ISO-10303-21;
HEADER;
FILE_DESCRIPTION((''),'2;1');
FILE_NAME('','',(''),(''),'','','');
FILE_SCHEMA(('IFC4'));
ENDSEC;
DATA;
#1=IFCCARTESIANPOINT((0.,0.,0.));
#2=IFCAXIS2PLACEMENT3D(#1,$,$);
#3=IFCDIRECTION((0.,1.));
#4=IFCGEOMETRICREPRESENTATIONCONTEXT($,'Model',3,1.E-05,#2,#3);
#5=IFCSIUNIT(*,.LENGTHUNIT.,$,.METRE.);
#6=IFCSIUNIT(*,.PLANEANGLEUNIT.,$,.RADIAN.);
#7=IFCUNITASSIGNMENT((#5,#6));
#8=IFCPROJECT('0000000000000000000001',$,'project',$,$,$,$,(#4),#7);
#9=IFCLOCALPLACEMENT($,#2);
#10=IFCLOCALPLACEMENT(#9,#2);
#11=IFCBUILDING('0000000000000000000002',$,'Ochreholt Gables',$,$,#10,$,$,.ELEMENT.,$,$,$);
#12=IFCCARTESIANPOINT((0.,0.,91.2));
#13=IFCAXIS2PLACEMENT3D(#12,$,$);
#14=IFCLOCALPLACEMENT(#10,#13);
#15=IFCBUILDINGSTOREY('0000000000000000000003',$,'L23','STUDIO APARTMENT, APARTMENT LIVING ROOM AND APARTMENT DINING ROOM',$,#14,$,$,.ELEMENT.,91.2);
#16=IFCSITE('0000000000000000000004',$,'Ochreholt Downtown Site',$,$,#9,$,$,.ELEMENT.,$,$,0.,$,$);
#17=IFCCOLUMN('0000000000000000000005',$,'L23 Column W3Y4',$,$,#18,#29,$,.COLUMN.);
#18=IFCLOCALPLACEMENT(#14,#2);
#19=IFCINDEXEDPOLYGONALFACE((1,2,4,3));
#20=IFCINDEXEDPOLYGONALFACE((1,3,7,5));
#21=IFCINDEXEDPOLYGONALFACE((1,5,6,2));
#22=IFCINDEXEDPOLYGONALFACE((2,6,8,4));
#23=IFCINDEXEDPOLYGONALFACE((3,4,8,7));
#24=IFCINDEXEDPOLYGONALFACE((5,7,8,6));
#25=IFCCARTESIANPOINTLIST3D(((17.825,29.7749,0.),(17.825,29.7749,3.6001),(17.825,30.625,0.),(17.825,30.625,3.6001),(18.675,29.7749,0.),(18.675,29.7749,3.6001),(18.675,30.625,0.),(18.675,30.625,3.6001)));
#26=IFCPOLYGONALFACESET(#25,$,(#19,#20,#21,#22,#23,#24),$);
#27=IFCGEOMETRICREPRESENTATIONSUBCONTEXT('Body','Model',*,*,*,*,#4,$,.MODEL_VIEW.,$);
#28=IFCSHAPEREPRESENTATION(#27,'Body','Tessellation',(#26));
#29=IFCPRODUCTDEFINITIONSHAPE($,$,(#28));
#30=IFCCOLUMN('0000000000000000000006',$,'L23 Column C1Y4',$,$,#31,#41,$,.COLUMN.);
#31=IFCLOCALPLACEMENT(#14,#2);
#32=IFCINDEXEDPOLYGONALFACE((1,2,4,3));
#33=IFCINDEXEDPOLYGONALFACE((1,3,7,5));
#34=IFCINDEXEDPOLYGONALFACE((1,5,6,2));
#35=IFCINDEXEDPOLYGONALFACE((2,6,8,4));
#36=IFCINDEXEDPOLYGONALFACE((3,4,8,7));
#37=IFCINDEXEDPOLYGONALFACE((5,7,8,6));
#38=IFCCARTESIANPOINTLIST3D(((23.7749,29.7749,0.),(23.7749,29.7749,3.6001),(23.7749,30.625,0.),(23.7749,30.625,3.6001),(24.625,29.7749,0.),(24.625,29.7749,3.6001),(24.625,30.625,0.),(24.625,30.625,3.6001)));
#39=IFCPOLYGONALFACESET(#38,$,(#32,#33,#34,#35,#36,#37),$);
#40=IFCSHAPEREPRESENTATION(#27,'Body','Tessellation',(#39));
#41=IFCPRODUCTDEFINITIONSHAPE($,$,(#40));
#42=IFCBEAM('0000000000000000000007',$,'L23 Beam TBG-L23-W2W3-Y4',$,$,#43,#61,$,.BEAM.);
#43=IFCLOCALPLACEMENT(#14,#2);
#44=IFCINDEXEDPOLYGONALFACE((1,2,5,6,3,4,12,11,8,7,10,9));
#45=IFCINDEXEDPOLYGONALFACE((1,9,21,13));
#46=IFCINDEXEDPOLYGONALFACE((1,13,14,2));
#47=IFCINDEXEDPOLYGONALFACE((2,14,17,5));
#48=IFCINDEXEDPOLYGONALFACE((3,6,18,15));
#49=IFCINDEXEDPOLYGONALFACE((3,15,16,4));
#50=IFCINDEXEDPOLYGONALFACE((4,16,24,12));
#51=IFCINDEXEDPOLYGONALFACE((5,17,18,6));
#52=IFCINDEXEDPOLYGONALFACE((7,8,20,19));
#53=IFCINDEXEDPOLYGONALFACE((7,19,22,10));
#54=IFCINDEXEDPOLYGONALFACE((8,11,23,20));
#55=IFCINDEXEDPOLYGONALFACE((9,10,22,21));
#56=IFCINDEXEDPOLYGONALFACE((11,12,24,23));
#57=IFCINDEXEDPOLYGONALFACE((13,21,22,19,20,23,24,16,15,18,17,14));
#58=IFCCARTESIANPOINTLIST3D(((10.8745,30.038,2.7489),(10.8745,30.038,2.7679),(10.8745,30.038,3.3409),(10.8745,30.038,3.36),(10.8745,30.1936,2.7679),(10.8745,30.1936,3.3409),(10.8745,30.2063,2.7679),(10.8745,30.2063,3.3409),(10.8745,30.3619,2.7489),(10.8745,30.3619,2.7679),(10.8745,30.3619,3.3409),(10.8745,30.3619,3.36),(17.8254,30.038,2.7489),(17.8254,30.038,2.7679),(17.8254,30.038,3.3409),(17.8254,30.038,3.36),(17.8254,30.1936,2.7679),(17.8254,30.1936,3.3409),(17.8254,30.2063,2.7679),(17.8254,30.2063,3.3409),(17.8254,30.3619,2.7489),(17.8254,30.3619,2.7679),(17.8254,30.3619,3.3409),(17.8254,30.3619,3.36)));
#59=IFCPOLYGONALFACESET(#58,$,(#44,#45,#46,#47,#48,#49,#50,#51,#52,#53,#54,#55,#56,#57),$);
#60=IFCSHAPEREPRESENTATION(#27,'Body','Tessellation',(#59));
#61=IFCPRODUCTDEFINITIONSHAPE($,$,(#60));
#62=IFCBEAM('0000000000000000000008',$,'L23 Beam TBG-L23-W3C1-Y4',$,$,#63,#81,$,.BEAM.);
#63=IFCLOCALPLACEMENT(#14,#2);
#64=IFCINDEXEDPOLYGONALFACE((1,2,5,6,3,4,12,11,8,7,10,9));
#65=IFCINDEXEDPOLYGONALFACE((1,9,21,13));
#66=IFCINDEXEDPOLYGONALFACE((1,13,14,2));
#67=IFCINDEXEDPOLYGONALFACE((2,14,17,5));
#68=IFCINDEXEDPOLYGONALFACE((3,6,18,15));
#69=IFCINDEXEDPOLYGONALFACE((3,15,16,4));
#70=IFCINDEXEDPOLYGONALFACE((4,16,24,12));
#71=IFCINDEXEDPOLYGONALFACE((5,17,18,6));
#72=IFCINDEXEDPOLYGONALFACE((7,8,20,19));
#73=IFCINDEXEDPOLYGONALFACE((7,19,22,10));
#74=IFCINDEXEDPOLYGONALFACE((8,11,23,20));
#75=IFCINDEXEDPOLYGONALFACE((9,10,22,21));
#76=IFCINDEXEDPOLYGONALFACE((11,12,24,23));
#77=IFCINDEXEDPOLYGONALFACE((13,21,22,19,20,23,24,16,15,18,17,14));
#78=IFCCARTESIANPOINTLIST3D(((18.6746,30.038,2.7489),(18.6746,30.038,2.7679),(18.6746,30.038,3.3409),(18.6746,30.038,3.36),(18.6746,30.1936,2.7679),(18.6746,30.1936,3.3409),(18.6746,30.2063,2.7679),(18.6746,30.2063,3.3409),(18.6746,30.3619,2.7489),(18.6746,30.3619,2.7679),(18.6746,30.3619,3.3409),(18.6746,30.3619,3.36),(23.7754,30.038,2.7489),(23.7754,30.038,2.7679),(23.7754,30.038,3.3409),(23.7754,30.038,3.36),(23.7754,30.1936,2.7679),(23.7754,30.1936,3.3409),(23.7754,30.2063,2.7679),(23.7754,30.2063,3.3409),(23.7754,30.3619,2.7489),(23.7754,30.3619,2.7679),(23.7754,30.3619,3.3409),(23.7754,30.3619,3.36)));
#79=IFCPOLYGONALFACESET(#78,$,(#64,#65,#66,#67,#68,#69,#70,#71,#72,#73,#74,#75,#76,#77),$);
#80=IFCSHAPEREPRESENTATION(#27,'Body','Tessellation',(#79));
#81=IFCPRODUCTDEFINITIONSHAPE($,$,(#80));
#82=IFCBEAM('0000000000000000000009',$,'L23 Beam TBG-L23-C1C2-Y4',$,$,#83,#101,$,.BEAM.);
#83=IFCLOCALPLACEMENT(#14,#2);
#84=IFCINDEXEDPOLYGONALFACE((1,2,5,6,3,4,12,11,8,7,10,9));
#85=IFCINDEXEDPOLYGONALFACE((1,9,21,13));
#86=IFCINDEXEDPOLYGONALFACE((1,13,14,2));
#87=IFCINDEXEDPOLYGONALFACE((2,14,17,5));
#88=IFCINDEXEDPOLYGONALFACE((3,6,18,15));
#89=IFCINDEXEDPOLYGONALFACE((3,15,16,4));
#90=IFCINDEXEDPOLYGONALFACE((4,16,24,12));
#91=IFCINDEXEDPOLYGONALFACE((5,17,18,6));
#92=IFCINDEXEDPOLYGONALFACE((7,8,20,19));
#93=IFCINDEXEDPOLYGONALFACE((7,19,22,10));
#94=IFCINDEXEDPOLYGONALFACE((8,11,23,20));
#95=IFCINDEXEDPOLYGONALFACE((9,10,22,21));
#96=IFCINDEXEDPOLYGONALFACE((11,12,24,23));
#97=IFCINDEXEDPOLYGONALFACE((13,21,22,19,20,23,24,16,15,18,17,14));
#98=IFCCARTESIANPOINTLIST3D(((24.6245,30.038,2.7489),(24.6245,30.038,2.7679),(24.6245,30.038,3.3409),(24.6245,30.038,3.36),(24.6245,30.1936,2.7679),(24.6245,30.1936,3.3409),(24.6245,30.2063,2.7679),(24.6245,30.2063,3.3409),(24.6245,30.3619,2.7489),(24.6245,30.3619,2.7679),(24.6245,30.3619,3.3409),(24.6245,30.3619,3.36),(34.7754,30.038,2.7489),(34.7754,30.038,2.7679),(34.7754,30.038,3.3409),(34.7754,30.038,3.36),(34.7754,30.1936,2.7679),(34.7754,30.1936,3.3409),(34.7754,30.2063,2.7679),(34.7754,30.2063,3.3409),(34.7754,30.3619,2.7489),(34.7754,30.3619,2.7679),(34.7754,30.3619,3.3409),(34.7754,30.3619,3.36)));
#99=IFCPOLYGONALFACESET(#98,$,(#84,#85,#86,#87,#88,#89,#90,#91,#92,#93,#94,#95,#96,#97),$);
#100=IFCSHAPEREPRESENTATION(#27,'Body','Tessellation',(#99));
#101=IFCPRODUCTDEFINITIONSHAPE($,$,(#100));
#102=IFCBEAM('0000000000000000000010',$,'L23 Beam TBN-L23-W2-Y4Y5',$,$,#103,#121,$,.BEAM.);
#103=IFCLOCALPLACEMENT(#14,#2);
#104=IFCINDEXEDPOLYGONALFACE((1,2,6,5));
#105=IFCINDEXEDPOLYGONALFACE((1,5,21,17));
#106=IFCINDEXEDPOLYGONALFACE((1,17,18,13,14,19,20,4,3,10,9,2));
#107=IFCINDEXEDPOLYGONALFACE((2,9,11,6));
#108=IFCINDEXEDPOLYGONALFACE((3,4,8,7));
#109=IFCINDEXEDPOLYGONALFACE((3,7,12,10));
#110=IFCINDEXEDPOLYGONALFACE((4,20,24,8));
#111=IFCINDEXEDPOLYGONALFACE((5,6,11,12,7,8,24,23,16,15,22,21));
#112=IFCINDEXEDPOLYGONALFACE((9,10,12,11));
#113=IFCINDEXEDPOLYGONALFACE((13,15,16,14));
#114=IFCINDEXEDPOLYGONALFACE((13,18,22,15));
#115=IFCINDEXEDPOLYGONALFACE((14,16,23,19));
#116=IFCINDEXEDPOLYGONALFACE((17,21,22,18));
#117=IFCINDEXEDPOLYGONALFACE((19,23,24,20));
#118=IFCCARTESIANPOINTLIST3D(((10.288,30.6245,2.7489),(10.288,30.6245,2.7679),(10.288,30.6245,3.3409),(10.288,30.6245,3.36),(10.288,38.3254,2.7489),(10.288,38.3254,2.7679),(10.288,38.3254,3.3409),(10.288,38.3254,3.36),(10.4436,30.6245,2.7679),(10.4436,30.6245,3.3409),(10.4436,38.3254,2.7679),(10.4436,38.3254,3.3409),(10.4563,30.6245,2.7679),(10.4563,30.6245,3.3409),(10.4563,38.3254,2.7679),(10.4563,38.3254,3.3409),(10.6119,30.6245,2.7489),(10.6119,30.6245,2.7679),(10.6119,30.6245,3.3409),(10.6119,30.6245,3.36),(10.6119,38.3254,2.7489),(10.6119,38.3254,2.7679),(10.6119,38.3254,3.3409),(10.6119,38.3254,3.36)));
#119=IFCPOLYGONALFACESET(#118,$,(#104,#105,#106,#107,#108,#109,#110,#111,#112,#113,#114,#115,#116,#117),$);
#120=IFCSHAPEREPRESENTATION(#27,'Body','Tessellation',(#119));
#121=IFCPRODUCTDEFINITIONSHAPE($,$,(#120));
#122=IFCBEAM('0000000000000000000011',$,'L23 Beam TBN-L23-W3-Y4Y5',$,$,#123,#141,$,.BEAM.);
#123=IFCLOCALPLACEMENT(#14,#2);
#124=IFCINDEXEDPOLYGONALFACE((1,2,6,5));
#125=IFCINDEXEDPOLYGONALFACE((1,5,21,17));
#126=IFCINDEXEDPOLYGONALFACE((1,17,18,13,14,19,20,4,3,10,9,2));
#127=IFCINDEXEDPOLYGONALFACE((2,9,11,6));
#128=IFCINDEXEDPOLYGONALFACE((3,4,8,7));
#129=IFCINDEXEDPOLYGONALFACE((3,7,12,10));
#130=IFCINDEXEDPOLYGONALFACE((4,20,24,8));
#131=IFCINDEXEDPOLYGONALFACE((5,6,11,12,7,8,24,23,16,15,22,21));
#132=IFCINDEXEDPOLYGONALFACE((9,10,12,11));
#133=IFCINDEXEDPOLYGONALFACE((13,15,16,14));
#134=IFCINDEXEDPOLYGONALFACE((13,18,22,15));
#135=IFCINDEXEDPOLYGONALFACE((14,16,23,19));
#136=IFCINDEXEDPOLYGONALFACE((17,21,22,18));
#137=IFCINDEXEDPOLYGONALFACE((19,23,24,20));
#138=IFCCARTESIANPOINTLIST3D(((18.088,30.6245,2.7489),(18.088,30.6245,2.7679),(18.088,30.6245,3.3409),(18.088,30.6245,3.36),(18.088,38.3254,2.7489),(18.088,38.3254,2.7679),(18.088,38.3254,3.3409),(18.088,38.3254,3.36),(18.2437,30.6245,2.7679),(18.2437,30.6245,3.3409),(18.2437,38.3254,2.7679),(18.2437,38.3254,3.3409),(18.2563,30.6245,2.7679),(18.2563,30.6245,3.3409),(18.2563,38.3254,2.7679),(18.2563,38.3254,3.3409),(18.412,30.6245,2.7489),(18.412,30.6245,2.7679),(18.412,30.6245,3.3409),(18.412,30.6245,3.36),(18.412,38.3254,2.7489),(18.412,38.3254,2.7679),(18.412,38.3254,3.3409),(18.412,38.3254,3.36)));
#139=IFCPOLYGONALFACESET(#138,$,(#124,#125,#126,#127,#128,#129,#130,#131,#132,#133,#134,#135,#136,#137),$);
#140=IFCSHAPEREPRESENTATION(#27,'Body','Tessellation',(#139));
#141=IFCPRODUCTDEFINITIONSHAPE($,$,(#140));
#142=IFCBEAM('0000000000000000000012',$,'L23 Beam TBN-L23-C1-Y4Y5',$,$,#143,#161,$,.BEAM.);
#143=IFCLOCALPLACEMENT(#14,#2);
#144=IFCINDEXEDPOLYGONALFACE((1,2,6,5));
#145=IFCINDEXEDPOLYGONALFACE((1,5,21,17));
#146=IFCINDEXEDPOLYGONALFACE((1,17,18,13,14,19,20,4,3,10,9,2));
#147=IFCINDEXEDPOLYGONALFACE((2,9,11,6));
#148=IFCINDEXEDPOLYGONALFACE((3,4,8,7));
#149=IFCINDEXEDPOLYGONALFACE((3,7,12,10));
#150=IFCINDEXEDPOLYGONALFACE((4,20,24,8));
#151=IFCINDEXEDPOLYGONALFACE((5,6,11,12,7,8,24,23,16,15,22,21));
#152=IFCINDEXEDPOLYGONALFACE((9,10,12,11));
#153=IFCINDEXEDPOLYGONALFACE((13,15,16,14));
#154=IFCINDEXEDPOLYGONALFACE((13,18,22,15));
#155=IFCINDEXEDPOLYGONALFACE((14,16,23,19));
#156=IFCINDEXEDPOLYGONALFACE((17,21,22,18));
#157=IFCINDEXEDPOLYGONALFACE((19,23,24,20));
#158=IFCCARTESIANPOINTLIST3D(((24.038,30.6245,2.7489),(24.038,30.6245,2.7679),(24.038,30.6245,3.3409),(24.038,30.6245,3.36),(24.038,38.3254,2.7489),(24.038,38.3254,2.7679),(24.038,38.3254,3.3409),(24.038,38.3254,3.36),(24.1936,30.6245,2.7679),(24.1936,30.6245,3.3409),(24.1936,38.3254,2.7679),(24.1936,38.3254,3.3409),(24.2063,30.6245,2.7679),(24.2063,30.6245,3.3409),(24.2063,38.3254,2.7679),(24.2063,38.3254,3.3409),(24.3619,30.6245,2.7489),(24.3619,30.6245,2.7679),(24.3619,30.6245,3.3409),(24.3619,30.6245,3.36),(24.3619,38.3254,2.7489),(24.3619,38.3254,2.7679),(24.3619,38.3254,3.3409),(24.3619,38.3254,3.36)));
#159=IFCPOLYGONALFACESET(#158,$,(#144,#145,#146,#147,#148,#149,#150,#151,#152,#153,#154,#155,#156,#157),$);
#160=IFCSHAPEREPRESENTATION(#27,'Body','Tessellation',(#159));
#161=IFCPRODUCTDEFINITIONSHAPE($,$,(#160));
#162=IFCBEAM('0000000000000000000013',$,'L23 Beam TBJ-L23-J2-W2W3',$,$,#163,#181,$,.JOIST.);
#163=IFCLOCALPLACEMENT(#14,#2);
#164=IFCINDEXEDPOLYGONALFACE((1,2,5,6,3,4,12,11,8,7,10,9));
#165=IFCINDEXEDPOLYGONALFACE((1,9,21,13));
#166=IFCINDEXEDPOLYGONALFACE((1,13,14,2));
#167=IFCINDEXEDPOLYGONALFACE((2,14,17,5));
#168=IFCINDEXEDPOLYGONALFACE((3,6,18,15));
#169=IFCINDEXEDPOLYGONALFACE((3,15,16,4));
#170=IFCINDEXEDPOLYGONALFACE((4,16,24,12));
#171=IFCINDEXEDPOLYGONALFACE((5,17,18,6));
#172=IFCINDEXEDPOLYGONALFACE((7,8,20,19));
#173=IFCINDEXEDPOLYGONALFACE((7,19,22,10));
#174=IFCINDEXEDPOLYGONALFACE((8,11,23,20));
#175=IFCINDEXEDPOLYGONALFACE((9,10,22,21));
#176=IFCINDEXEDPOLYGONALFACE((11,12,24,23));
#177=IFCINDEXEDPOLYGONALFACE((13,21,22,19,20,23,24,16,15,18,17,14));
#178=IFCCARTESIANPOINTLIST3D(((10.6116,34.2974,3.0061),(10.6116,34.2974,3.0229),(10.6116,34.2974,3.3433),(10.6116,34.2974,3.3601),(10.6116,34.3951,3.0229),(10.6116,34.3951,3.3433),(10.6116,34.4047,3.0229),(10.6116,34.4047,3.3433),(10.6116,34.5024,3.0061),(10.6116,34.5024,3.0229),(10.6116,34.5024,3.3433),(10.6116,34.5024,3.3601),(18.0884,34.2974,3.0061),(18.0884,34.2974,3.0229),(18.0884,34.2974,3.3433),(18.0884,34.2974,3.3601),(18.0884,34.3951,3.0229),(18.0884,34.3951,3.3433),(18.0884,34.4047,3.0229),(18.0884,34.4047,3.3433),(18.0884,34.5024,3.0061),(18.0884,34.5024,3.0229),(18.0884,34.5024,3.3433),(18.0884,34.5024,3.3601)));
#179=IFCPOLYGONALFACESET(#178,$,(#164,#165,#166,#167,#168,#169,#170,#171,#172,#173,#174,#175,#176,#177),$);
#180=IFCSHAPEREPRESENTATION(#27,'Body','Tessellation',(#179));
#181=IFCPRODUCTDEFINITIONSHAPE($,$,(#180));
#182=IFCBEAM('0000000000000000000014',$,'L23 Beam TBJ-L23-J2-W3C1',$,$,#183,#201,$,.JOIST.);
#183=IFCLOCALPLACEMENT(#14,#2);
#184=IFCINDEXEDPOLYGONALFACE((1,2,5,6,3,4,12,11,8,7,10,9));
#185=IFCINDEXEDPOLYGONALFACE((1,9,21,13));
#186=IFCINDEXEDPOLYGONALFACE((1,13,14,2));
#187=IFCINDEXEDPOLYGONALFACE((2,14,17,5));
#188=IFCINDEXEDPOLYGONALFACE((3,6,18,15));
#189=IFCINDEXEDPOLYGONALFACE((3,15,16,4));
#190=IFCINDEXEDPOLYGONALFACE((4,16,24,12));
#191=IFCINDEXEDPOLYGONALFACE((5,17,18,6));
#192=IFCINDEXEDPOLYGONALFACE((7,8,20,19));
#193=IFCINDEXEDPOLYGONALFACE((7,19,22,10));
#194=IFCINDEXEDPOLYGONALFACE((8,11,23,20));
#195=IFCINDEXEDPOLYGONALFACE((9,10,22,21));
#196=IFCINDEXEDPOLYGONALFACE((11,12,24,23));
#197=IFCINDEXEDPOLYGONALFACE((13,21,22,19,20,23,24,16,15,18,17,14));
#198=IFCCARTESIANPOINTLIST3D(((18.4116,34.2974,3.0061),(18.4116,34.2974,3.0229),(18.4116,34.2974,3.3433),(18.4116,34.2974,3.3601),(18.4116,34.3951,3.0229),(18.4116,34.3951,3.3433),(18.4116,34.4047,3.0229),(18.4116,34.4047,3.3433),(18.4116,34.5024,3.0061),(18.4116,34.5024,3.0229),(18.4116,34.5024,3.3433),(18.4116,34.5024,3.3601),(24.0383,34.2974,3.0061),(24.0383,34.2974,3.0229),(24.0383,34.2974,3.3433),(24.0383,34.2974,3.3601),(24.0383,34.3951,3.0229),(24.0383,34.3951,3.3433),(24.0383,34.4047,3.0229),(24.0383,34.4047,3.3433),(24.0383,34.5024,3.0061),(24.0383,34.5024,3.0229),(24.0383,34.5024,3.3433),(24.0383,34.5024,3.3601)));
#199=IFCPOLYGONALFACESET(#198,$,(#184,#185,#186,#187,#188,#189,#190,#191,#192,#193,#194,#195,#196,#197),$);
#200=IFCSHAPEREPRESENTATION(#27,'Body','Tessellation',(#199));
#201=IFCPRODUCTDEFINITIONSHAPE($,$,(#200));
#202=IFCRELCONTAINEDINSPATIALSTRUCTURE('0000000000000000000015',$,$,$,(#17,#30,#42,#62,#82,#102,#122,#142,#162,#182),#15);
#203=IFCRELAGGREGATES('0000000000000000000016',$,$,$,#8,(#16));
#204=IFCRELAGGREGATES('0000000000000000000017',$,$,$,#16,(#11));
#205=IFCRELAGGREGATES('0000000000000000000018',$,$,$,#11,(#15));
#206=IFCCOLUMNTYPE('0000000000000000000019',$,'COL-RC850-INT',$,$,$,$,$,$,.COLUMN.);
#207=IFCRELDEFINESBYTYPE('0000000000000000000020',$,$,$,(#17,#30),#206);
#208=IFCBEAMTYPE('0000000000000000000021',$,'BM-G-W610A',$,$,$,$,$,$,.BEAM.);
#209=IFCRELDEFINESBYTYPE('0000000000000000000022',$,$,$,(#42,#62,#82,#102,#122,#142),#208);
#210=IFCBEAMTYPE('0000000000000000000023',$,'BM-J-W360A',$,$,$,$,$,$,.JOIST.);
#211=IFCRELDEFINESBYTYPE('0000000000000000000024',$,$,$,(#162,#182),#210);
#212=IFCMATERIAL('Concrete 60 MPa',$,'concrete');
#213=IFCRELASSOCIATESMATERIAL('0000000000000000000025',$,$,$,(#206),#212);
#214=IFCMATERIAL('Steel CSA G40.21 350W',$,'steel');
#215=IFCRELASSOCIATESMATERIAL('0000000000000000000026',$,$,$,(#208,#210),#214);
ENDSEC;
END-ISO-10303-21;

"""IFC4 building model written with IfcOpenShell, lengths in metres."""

from ifc_helpers import new_model, si_unit, direction, frame, origin, origin_2d, place, context, subcontext, project, spatial, rectangle, i_section, extrude, material, material_profile, profile_set, type_object, element, save


model = new_model("IFC4")

# Units and contexts
model_context = context("Model", 3, precision=1e-05, world=origin(), true_north=direction((0.0, 1.0)))
body_context = subcontext(model_context, "Body", "Model", "MODEL_VIEW")
ifc_project = project(units=[si_unit("LENGTHUNIT", "METRE"), si_unit("PLANEANGLEUNIT", "RADIAN")], contexts=[model_context])

# Site, building, storey
site_placement = place(None, origin())
site = spatial("IfcSite", under=ifc_project, at=site_placement, Name="Ochreholt Downtown Site", CompositionType="ELEMENT", RefElevation=0.0)
building_placement = place(site_placement, origin())
building = spatial("IfcBuilding", under=site, at=building_placement, Name="Ochreholt Gables", CompositionType="ELEMENT")
storey_placement = place(building_placement, frame((0.0, 0.0, 91.2)))
storey = spatial("IfcBuildingStorey", under=building, at=storey_placement, Name="L23", Description="STUDIO APARTMENT, APARTMENT LIVING ROOM AND APARTMENT DINING ROOM", CompositionType="ELEMENT", Elevation=91.2)

# Columns
ifc_material_1 = material(Name="Concrete 60 MPa", Category="concrete")
ifc_material_profile_1 = material_profile(ifc_material_1, rectangle(XDim=0.8501, YDim=0.8501, at=origin_2d()), Name="RC850X850")
ifc_profile_set_1 = profile_set([ifc_material_profile_1], Name="Concrete 60 MPa")
column_type = type_object("IfcColumnType", Name="COL-RC850-INT", PredefinedType="COLUMN", material=ifc_profile_set_1)
for number, where, z_axis, x_axis, name in (
    (1, (18.25, 30.2, 0.0), (0.0, 0.0, 1.0), (1.0, 0.0, 0.0), "L23 Column W3Y4"),
    (2, (24.2, 30.2, 0.0), (0.0, 0.0, 1.0), (1.0, 0.0, 0.0), "L23 Column C1Y4"),
):
    element("IfcColumn", number, at=place(storey_placement, frame(where, z_axis=z_axis, x_axis=x_axis)), inside=storey, type_object=column_type, Name=name, PredefinedType="COLUMN", context=body_context, shape_type="SweptSolid", body=[
        extrude(rectangle(XDim=0.8501, YDim=0.8501, at=origin_2d()), origin(), (0.0, 0.0, 1.0), 3.6001),
    ])

# Beams
ifc_material_2 = material(Name="Steel CSA G40.21 350W", Category="steel")
ifc_material_profile_2 = material_profile(ifc_material_2, i_section(OverallWidth=0.324, OverallDepth=0.6111, WebThickness=0.0127, FlangeThickness=0.019, at=origin_2d()), Name="W610X155")
ifc_profile_set_2 = profile_set([ifc_material_profile_2], Name="Steel CSA G40.21 350W")
beam_type_1 = type_object("IfcBeamType", Name="BM-G-W610A", PredefinedType="BEAM", material=ifc_profile_set_2)
beam_1_placement = place(storey_placement, frame((10.8745, 30.2, 3.0544), z_axis=(1.0, 0.0, 0.0), x_axis=(0.0, 1.0, 0.0)))
element("IfcBeam", 3, at=beam_1_placement, inside=storey, type_object=beam_type_1, Name="L23 Beam TBG-L23-W2W3-Y4", PredefinedType="BEAM", context=body_context, shape_type="SweptSolid", body=[
    extrude(i_section(OverallWidth=0.324, OverallDepth=0.6111, WebThickness=0.0127, FlangeThickness=0.019, at=origin_2d()), origin(), (0.0, 0.0, 1.0), 6.9509),
])
beam_2_placement = place(storey_placement, frame((18.6746, 30.2, 3.0544), z_axis=(1.0, 0.0, 0.0), x_axis=(0.0, 1.0, 0.0)))
element("IfcBeam", 4, at=beam_2_placement, inside=storey, type_object=beam_type_1, Name="L23 Beam TBG-L23-W3C1-Y4", PredefinedType="BEAM", context=body_context, shape_type="SweptSolid", body=[
    extrude(i_section(OverallWidth=0.324, OverallDepth=0.6111, WebThickness=0.0127, FlangeThickness=0.019, at=origin_2d()), origin(), (0.0, 0.0, 1.0), 5.1008),
])
beam_3_placement = place(storey_placement, frame((24.6245, 30.2, 3.0544), z_axis=(1.0, 0.0, 0.0), x_axis=(0.0, 1.0, 0.0)))
element("IfcBeam", 5, at=beam_3_placement, inside=storey, type_object=beam_type_1, Name="L23 Beam TBG-L23-C1C2-Y4", PredefinedType="BEAM", context=body_context, shape_type="SweptSolid", body=[
    extrude(i_section(OverallWidth=0.324, OverallDepth=0.6111, WebThickness=0.0127, FlangeThickness=0.019, at=origin_2d()), origin(), (0.0, 0.0, 1.0), 10.1509),
])
for number, where, z_axis, x_axis, name in (
    (6, (10.45, 30.6245, 3.0544), (0.0, 1.0, 0.0), (-1.0, 0.0, 0.0), "L23 Beam TBN-L23-W2-Y4Y5"),
    (7, (18.25, 30.6245, 3.0544), (0.0, 1.0, 0.0), (-1.0, 0.0, 0.0), "L23 Beam TBN-L23-W3-Y4Y5"),
    (8, (24.2, 30.6245, 3.0544), (0.0, 1.0, 0.0), (-1.0, 0.0, 0.0), "L23 Beam TBN-L23-C1-Y4Y5"),
):
    element("IfcBeam", number, at=place(storey_placement, frame(where, z_axis=z_axis, x_axis=x_axis)), inside=storey, type_object=beam_type_1, Name=name, PredefinedType="BEAM", context=body_context, shape_type="SweptSolid", body=[
        extrude(i_section(OverallWidth=0.324, OverallDepth=0.6111, WebThickness=0.0127, FlangeThickness=0.019, at=origin_2d()), origin(), (0.0, 0.0, 1.0), 7.7009),
    ])
ifc_material_profile_3 = material_profile(ifc_material_2, i_section(OverallWidth=0.2051, OverallDepth=0.354, WebThickness=0.0095, FlangeThickness=0.0168, at=origin_2d()), Name="W360X79")
ifc_profile_set_3 = profile_set([ifc_material_profile_3], Name="Steel CSA G40.21 350W")
beam_type_2 = type_object("IfcBeamType", Name="BM-J-W360A", PredefinedType="JOIST", material=ifc_profile_set_3)
beam_4_placement = place(storey_placement, frame((10.6116, 34.3999, 3.1831), z_axis=(1.0, 0.0, 0.0), x_axis=(0.0, 1.0, 0.0)))
element("IfcBeam", 9, at=beam_4_placement, inside=storey, type_object=beam_type_2, Name="L23 Beam TBJ-L23-J2-W2W3", PredefinedType="JOIST", context=body_context, shape_type="SweptSolid", body=[
    extrude(i_section(OverallWidth=0.2051, OverallDepth=0.354, WebThickness=0.0095, FlangeThickness=0.0168, at=origin_2d()), origin(), (0.0, 0.0, 1.0), 7.4768),
])
beam_5_placement = place(storey_placement, frame((18.4116, 34.3999, 3.1831), z_axis=(1.0, 0.0, 0.0), x_axis=(0.0, 1.0, 0.0)))
element("IfcBeam", 10, at=beam_5_placement, inside=storey, type_object=beam_type_2, Name="L23 Beam TBJ-L23-J2-W3C1", PredefinedType="JOIST", context=body_context, shape_type="SweptSolid", body=[
    extrude(i_section(OverallWidth=0.2051, OverallDepth=0.354, WebThickness=0.0095, FlangeThickness=0.0168, at=origin_2d()), origin(), (0.0, 0.0, 1.0), 5.6267),
])

save(model, "model.ifc")
